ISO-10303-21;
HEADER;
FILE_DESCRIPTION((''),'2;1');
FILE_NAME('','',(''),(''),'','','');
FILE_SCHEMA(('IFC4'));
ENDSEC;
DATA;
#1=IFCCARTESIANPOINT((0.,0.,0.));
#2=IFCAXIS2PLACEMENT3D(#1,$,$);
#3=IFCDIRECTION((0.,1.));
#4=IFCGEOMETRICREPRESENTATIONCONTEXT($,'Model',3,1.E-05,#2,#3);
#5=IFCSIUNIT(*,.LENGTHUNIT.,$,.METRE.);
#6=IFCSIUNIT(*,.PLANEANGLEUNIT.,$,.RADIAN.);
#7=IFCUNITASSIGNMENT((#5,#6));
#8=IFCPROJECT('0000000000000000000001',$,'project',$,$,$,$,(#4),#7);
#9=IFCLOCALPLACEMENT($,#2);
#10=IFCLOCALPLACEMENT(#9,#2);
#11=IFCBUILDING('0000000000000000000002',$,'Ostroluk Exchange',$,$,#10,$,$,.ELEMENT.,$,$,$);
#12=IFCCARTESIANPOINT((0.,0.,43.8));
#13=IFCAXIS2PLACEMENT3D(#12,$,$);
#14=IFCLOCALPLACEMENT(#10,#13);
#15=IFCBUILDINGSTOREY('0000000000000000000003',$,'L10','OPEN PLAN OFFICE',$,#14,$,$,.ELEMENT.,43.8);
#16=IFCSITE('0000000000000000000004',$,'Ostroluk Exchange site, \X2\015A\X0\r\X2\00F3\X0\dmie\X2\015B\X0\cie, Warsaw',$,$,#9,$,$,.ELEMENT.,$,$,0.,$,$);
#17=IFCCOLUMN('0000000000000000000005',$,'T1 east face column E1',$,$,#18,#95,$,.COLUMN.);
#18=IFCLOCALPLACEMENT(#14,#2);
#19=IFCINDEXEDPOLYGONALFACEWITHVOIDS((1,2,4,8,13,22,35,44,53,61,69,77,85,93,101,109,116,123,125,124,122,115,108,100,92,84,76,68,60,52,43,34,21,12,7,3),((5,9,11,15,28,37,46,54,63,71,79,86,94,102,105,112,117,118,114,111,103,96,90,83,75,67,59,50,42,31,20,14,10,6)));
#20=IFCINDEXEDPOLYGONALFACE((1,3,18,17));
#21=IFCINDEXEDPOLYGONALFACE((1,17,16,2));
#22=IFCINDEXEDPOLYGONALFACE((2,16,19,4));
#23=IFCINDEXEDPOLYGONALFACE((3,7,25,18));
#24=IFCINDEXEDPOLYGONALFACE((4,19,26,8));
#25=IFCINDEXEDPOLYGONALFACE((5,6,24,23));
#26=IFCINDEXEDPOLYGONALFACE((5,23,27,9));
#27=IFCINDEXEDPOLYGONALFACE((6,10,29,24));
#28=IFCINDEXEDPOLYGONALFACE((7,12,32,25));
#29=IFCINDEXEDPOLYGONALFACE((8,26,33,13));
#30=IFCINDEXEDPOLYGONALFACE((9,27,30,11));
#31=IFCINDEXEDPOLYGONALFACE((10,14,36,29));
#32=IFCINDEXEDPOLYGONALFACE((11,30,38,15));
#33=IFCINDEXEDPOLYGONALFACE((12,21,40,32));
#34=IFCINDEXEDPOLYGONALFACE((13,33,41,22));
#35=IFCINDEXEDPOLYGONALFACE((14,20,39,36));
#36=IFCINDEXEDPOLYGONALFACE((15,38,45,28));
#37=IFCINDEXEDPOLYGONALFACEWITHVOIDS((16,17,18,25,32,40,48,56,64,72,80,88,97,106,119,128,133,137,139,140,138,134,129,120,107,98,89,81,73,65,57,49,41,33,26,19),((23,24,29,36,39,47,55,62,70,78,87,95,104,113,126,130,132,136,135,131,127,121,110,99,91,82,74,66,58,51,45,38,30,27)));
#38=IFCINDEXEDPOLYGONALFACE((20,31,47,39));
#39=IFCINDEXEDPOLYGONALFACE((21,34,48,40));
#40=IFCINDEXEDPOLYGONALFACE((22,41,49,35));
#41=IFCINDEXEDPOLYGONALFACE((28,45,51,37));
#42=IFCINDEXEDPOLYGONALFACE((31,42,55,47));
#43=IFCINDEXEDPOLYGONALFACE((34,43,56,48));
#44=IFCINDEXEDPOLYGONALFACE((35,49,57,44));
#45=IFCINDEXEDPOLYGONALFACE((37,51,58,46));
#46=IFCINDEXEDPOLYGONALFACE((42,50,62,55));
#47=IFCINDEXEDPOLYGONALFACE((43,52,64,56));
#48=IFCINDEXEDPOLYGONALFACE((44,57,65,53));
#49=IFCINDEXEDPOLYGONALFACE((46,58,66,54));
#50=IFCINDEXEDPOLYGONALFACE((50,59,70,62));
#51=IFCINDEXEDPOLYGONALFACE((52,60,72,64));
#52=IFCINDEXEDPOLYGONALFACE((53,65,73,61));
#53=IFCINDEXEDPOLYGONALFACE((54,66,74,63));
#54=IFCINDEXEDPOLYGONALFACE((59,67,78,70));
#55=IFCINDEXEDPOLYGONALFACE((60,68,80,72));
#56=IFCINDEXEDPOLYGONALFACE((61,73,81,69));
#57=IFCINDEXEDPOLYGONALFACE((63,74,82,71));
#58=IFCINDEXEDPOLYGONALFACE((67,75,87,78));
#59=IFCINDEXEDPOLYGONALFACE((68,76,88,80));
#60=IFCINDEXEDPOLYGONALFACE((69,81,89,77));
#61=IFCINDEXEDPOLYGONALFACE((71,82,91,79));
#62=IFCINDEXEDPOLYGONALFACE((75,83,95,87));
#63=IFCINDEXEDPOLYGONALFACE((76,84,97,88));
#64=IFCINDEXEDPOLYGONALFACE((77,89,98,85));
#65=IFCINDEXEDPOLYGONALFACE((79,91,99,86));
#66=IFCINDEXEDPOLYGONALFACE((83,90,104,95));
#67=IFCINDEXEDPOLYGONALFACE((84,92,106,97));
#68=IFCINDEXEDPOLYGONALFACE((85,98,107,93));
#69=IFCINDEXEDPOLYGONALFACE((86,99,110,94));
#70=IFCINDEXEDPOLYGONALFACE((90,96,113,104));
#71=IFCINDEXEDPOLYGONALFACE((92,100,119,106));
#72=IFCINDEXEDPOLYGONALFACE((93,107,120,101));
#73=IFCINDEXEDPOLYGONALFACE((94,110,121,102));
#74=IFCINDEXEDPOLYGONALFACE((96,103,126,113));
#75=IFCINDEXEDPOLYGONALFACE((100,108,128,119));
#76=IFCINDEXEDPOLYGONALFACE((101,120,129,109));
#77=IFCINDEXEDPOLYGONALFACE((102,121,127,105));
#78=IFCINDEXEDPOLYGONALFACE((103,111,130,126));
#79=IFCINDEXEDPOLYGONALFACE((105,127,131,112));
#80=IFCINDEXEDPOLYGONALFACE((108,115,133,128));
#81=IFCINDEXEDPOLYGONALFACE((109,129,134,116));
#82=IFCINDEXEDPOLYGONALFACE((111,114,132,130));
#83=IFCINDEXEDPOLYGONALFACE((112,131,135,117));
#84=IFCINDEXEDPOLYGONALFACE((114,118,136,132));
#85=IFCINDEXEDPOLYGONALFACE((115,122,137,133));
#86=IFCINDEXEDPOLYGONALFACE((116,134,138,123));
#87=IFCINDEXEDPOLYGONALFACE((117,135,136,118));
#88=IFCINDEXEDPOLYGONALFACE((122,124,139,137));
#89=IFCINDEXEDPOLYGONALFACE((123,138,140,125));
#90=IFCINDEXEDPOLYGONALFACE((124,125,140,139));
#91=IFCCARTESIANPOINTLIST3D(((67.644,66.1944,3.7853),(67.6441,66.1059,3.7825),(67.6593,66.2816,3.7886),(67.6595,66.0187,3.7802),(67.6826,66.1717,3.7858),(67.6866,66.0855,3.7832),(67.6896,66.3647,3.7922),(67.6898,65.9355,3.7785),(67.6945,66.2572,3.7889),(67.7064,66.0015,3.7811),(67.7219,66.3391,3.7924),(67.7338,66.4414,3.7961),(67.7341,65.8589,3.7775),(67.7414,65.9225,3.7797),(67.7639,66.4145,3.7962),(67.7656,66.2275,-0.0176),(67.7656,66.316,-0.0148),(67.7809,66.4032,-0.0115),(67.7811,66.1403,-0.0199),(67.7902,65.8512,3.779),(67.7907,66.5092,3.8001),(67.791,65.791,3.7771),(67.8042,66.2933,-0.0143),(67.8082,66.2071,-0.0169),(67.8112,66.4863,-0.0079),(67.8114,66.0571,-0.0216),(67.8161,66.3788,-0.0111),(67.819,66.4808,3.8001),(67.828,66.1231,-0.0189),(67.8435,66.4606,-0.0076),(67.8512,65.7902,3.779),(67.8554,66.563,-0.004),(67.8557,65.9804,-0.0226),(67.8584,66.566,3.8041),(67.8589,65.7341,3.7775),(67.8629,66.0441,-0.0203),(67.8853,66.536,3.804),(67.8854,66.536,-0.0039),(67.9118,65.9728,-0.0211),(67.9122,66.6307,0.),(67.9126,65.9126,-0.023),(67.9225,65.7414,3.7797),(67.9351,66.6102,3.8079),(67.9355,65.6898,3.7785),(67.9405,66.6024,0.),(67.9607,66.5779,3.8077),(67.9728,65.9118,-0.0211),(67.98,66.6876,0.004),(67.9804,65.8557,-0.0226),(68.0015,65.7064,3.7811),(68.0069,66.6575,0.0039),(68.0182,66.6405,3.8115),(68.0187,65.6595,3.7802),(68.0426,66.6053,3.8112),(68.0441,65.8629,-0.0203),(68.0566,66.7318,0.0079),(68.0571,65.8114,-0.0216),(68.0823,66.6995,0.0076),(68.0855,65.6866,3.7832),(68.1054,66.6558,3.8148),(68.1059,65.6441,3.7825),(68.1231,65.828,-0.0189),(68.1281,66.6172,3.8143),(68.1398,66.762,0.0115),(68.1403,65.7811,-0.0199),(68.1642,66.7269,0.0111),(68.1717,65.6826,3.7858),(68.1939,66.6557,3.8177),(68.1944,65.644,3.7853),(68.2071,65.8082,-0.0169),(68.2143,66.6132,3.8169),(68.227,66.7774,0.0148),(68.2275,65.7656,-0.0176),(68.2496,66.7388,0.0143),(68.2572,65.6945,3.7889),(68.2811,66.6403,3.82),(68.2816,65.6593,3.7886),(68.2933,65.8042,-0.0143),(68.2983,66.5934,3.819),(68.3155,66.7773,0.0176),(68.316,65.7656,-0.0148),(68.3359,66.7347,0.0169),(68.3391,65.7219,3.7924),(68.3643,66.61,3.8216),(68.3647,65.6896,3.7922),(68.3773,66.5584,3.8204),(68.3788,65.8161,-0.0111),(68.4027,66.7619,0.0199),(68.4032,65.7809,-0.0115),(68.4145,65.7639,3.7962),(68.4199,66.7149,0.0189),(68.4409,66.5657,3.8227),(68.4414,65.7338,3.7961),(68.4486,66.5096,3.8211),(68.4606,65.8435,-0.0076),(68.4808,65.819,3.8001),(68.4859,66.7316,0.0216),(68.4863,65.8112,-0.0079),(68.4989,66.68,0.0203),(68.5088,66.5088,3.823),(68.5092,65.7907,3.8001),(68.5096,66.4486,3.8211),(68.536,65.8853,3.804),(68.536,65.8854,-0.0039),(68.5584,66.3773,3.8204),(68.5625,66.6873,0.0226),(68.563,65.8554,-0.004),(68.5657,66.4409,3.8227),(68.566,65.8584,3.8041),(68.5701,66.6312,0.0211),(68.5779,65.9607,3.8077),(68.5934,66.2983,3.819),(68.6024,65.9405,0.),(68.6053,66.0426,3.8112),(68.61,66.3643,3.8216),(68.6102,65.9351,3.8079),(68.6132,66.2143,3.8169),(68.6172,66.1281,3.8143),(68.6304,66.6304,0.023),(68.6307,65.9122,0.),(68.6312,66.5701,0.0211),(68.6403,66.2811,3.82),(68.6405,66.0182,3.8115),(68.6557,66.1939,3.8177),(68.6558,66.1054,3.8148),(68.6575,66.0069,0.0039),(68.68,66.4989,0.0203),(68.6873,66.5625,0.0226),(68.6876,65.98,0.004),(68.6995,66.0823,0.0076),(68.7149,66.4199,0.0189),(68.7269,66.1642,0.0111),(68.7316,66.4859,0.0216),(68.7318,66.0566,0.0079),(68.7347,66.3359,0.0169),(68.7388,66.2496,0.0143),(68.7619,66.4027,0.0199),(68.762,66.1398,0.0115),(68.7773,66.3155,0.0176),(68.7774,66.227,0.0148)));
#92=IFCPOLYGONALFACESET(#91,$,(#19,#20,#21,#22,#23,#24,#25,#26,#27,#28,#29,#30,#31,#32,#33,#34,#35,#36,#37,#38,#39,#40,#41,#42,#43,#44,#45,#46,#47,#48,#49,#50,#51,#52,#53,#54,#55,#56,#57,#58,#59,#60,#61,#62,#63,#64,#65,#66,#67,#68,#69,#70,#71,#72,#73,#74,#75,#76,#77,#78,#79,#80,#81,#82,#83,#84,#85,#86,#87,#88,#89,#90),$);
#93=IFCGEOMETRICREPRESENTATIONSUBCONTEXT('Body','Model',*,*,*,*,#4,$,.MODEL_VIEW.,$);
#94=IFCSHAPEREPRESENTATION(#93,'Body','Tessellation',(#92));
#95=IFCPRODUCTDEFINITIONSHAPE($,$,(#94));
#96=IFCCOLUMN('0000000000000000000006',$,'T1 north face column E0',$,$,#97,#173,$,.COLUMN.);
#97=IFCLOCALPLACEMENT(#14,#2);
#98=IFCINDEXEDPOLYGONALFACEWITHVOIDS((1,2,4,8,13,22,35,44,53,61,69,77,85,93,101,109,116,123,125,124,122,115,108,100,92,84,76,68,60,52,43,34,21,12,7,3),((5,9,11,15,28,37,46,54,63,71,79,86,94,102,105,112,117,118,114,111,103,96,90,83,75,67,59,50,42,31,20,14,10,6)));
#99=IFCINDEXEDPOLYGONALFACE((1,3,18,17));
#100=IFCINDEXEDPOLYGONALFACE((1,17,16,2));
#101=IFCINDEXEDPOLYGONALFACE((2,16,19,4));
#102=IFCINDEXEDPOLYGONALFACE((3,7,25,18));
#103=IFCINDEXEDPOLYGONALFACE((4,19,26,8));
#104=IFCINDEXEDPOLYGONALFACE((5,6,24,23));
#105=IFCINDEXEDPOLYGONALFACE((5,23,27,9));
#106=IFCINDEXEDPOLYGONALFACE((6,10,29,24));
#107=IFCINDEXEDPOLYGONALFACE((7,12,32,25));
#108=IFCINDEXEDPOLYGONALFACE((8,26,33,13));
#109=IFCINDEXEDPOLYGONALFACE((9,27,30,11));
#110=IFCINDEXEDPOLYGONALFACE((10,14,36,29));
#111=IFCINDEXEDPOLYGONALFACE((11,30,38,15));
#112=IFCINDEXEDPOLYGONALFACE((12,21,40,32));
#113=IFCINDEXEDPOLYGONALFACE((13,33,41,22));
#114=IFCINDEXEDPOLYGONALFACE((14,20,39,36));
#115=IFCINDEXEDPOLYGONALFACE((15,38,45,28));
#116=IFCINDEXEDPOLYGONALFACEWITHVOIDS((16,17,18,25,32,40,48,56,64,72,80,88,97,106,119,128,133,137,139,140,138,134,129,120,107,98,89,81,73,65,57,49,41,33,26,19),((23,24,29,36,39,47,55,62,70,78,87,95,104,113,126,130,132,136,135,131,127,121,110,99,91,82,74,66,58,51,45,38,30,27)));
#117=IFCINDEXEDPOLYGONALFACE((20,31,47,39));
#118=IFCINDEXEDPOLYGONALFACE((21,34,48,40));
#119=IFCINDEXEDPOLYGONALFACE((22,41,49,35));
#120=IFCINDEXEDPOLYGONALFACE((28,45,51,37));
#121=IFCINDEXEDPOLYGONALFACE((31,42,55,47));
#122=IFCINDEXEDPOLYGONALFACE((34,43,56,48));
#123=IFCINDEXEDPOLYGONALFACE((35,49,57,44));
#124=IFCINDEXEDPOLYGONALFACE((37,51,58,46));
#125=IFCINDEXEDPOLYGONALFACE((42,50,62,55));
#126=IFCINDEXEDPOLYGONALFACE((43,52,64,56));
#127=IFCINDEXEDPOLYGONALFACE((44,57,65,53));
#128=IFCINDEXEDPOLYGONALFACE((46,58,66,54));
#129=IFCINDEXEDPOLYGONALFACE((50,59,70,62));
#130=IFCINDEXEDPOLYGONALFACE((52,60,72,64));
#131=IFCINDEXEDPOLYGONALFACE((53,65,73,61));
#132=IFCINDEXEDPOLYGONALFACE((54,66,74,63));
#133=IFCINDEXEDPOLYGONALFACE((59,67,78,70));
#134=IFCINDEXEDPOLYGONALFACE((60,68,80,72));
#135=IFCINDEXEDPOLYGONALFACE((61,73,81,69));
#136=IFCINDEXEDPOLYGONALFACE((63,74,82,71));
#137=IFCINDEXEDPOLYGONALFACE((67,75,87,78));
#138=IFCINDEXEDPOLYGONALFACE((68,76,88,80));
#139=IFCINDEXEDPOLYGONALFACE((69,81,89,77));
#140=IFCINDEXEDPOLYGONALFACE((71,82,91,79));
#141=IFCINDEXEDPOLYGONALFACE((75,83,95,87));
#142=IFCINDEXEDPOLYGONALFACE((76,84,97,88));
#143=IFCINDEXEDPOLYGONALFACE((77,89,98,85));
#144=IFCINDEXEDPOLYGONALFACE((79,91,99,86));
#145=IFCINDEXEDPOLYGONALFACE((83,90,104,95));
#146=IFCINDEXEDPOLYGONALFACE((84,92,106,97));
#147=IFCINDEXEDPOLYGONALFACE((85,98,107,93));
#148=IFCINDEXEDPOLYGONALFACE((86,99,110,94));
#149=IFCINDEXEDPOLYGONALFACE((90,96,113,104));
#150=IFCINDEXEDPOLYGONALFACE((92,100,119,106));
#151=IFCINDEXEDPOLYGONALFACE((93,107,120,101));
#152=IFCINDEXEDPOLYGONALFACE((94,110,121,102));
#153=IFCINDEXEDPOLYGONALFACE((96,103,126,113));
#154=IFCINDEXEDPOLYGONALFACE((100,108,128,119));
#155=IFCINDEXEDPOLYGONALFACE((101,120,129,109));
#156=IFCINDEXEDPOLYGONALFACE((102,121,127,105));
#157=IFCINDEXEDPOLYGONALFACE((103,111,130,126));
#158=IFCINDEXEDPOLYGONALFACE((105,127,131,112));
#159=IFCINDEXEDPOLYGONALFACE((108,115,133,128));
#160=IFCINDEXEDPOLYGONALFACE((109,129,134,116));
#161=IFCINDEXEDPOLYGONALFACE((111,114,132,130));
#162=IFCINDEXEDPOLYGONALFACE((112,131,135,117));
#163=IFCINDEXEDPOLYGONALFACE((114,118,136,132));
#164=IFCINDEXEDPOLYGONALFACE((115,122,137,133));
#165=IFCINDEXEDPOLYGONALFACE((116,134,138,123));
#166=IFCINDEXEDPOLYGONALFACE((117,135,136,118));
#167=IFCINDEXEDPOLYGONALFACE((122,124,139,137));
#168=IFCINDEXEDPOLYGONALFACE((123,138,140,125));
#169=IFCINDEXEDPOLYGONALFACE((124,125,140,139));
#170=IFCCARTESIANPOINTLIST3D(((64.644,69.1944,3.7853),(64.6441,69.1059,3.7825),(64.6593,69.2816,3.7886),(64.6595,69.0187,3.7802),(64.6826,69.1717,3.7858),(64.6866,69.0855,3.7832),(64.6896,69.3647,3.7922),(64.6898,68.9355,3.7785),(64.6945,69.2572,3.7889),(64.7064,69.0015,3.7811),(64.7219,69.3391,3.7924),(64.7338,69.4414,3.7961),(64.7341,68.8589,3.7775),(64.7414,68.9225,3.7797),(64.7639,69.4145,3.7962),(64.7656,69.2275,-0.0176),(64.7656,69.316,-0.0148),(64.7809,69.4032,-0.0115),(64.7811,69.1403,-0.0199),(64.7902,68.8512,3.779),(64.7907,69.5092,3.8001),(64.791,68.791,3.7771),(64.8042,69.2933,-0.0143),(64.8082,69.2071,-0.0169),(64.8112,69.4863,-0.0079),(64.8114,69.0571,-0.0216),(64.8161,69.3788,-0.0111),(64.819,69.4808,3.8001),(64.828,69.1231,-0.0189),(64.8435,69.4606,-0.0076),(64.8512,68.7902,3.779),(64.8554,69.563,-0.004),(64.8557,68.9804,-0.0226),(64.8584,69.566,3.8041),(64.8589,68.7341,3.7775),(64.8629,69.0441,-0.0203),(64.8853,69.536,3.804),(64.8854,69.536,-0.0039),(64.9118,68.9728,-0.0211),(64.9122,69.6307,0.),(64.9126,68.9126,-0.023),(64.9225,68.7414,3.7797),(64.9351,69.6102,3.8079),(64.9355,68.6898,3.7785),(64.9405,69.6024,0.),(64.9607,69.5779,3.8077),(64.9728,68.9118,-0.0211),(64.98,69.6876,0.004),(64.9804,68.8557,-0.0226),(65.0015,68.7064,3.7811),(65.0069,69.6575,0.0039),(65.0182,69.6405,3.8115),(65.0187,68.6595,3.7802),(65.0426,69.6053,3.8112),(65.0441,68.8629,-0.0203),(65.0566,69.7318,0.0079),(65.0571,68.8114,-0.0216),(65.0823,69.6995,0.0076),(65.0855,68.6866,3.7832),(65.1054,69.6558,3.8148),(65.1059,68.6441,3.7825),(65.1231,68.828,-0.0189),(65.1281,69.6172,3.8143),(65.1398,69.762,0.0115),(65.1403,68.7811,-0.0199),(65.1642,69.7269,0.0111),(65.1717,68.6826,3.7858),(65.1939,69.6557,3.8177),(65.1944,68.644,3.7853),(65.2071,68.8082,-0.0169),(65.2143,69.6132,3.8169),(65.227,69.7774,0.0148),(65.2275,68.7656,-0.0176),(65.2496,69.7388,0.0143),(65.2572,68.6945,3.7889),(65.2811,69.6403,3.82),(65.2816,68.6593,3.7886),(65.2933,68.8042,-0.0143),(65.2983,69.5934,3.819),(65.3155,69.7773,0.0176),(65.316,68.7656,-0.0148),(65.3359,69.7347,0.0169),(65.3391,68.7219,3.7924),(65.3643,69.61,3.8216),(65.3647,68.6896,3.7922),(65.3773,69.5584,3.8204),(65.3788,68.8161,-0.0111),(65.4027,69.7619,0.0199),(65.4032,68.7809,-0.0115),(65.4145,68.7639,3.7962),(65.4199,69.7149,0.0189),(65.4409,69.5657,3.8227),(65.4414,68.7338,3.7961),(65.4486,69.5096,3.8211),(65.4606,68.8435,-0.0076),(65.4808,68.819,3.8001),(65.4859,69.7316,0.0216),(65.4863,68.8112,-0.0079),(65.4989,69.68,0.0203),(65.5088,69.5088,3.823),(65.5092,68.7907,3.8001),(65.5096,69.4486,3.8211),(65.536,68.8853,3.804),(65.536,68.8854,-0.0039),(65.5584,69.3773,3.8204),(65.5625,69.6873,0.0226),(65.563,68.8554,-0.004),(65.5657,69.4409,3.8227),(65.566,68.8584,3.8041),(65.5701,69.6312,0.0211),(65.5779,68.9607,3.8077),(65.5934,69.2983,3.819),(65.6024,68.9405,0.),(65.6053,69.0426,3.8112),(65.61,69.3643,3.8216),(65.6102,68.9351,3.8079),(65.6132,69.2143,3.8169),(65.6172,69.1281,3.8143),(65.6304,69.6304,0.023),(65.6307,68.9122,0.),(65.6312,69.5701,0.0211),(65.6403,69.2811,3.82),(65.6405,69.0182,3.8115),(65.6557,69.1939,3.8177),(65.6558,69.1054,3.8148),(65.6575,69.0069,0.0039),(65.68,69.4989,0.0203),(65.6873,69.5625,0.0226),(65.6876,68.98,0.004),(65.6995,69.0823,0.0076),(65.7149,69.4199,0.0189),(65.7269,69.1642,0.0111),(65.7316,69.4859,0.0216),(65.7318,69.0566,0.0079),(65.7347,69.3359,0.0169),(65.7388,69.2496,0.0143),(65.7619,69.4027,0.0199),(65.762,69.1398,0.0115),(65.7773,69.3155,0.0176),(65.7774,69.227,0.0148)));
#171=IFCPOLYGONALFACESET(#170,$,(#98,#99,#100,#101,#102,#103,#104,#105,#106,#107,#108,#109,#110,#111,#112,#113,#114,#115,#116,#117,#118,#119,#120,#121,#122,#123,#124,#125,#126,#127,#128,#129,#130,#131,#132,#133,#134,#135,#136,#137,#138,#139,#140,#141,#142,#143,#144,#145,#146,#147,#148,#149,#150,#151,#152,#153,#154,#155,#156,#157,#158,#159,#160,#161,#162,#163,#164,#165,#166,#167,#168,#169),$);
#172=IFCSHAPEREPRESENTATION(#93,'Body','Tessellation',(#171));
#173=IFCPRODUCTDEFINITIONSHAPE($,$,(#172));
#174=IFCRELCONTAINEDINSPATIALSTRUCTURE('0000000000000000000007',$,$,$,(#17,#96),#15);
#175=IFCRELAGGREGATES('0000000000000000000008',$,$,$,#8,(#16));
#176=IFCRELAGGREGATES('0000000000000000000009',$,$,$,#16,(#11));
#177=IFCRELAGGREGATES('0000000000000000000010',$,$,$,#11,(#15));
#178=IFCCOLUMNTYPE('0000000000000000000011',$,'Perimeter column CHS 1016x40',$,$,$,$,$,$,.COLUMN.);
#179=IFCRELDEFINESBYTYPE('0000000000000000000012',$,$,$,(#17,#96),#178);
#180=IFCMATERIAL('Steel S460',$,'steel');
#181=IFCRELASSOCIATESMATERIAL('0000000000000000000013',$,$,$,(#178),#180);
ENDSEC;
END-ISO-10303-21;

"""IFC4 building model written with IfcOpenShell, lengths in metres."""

from ifc_helpers import new_model, si_unit, direction, frame, origin, origin_2d, place, context, subcontext, project, spatial, hollow_circle, extrude, material, material_profile, profile_set, type_object, element, save


model = new_model("IFC4")

# Units and contexts
model_context = context("Model", 3, precision=1e-05, world=origin(), true_north=direction((0.0, 1.0)))
body_context = subcontext(model_context, "Body", "Model", "MODEL_VIEW")
ifc_project = project(units=[si_unit("LENGTHUNIT", "METRE"), si_unit("PLANEANGLEUNIT", "RADIAN")], contexts=[model_context])

# Site, building, storey
site_placement = place(None, origin())
site = spatial("IfcSite", under=ifc_project, at=site_placement, Name="Ostroluk Exchange site, Śródmieście, Warsaw", CompositionType="ELEMENT", RefElevation=0.0)
building_placement = place(site_placement, origin())
building = spatial("IfcBuilding", under=site, at=building_placement, Name="Ostroluk Exchange", CompositionType="ELEMENT")
storey_placement = place(building_placement, frame((0.0, 0.0, 43.8)))
storey = spatial("IfcBuildingStorey", under=building, at=storey_placement, Name="L10", Description="OPEN PLAN OFFICE", CompositionType="ELEMENT", Elevation=43.8)

# Columns
ifc_material_1 = material(Name="Steel S460", Category="steel")
ifc_material_profile_1 = material_profile(ifc_material_1, hollow_circle(Radius=0.5081, WallThickness=0.04, at=origin_2d()), Name="CHS 1016x40")
ifc_profile_set_1 = profile_set([ifc_material_profile_1], Name="Steel S460")
column_type = type_object("IfcColumnType", Name="Perimeter column CHS 1016x40", PredefinedType="COLUMN", material=ifc_profile_set_1)
for number, where, z_axis, x_axis, name in (
    (1, (68.2715, 66.2715, 0.0), (-0.031962, -0.031962, 0.998978), (0.707107, -0.707107, 0.0), "T1 east face column E1"),
    (2, (65.2715, 69.2715, 0.0), (-0.031962, -0.031962, 0.998978), (0.707107, -0.707107, 0.0), "T1 north face column E0"),
):
    element("IfcColumn", number, at=place(storey_placement, frame(where, z_axis=z_axis, x_axis=x_axis)), inside=storey, type_object=column_type, Name=name, PredefinedType="COLUMN", context=body_context, shape_type="SweptSolid", body=[
        extrude(hollow_circle(Radius=0.5081, WallThickness=0.04, at=origin_2d()), origin(), (0.0, 0.0, 1.0), 3.804),
    ])

save(model, "model.ifc")
